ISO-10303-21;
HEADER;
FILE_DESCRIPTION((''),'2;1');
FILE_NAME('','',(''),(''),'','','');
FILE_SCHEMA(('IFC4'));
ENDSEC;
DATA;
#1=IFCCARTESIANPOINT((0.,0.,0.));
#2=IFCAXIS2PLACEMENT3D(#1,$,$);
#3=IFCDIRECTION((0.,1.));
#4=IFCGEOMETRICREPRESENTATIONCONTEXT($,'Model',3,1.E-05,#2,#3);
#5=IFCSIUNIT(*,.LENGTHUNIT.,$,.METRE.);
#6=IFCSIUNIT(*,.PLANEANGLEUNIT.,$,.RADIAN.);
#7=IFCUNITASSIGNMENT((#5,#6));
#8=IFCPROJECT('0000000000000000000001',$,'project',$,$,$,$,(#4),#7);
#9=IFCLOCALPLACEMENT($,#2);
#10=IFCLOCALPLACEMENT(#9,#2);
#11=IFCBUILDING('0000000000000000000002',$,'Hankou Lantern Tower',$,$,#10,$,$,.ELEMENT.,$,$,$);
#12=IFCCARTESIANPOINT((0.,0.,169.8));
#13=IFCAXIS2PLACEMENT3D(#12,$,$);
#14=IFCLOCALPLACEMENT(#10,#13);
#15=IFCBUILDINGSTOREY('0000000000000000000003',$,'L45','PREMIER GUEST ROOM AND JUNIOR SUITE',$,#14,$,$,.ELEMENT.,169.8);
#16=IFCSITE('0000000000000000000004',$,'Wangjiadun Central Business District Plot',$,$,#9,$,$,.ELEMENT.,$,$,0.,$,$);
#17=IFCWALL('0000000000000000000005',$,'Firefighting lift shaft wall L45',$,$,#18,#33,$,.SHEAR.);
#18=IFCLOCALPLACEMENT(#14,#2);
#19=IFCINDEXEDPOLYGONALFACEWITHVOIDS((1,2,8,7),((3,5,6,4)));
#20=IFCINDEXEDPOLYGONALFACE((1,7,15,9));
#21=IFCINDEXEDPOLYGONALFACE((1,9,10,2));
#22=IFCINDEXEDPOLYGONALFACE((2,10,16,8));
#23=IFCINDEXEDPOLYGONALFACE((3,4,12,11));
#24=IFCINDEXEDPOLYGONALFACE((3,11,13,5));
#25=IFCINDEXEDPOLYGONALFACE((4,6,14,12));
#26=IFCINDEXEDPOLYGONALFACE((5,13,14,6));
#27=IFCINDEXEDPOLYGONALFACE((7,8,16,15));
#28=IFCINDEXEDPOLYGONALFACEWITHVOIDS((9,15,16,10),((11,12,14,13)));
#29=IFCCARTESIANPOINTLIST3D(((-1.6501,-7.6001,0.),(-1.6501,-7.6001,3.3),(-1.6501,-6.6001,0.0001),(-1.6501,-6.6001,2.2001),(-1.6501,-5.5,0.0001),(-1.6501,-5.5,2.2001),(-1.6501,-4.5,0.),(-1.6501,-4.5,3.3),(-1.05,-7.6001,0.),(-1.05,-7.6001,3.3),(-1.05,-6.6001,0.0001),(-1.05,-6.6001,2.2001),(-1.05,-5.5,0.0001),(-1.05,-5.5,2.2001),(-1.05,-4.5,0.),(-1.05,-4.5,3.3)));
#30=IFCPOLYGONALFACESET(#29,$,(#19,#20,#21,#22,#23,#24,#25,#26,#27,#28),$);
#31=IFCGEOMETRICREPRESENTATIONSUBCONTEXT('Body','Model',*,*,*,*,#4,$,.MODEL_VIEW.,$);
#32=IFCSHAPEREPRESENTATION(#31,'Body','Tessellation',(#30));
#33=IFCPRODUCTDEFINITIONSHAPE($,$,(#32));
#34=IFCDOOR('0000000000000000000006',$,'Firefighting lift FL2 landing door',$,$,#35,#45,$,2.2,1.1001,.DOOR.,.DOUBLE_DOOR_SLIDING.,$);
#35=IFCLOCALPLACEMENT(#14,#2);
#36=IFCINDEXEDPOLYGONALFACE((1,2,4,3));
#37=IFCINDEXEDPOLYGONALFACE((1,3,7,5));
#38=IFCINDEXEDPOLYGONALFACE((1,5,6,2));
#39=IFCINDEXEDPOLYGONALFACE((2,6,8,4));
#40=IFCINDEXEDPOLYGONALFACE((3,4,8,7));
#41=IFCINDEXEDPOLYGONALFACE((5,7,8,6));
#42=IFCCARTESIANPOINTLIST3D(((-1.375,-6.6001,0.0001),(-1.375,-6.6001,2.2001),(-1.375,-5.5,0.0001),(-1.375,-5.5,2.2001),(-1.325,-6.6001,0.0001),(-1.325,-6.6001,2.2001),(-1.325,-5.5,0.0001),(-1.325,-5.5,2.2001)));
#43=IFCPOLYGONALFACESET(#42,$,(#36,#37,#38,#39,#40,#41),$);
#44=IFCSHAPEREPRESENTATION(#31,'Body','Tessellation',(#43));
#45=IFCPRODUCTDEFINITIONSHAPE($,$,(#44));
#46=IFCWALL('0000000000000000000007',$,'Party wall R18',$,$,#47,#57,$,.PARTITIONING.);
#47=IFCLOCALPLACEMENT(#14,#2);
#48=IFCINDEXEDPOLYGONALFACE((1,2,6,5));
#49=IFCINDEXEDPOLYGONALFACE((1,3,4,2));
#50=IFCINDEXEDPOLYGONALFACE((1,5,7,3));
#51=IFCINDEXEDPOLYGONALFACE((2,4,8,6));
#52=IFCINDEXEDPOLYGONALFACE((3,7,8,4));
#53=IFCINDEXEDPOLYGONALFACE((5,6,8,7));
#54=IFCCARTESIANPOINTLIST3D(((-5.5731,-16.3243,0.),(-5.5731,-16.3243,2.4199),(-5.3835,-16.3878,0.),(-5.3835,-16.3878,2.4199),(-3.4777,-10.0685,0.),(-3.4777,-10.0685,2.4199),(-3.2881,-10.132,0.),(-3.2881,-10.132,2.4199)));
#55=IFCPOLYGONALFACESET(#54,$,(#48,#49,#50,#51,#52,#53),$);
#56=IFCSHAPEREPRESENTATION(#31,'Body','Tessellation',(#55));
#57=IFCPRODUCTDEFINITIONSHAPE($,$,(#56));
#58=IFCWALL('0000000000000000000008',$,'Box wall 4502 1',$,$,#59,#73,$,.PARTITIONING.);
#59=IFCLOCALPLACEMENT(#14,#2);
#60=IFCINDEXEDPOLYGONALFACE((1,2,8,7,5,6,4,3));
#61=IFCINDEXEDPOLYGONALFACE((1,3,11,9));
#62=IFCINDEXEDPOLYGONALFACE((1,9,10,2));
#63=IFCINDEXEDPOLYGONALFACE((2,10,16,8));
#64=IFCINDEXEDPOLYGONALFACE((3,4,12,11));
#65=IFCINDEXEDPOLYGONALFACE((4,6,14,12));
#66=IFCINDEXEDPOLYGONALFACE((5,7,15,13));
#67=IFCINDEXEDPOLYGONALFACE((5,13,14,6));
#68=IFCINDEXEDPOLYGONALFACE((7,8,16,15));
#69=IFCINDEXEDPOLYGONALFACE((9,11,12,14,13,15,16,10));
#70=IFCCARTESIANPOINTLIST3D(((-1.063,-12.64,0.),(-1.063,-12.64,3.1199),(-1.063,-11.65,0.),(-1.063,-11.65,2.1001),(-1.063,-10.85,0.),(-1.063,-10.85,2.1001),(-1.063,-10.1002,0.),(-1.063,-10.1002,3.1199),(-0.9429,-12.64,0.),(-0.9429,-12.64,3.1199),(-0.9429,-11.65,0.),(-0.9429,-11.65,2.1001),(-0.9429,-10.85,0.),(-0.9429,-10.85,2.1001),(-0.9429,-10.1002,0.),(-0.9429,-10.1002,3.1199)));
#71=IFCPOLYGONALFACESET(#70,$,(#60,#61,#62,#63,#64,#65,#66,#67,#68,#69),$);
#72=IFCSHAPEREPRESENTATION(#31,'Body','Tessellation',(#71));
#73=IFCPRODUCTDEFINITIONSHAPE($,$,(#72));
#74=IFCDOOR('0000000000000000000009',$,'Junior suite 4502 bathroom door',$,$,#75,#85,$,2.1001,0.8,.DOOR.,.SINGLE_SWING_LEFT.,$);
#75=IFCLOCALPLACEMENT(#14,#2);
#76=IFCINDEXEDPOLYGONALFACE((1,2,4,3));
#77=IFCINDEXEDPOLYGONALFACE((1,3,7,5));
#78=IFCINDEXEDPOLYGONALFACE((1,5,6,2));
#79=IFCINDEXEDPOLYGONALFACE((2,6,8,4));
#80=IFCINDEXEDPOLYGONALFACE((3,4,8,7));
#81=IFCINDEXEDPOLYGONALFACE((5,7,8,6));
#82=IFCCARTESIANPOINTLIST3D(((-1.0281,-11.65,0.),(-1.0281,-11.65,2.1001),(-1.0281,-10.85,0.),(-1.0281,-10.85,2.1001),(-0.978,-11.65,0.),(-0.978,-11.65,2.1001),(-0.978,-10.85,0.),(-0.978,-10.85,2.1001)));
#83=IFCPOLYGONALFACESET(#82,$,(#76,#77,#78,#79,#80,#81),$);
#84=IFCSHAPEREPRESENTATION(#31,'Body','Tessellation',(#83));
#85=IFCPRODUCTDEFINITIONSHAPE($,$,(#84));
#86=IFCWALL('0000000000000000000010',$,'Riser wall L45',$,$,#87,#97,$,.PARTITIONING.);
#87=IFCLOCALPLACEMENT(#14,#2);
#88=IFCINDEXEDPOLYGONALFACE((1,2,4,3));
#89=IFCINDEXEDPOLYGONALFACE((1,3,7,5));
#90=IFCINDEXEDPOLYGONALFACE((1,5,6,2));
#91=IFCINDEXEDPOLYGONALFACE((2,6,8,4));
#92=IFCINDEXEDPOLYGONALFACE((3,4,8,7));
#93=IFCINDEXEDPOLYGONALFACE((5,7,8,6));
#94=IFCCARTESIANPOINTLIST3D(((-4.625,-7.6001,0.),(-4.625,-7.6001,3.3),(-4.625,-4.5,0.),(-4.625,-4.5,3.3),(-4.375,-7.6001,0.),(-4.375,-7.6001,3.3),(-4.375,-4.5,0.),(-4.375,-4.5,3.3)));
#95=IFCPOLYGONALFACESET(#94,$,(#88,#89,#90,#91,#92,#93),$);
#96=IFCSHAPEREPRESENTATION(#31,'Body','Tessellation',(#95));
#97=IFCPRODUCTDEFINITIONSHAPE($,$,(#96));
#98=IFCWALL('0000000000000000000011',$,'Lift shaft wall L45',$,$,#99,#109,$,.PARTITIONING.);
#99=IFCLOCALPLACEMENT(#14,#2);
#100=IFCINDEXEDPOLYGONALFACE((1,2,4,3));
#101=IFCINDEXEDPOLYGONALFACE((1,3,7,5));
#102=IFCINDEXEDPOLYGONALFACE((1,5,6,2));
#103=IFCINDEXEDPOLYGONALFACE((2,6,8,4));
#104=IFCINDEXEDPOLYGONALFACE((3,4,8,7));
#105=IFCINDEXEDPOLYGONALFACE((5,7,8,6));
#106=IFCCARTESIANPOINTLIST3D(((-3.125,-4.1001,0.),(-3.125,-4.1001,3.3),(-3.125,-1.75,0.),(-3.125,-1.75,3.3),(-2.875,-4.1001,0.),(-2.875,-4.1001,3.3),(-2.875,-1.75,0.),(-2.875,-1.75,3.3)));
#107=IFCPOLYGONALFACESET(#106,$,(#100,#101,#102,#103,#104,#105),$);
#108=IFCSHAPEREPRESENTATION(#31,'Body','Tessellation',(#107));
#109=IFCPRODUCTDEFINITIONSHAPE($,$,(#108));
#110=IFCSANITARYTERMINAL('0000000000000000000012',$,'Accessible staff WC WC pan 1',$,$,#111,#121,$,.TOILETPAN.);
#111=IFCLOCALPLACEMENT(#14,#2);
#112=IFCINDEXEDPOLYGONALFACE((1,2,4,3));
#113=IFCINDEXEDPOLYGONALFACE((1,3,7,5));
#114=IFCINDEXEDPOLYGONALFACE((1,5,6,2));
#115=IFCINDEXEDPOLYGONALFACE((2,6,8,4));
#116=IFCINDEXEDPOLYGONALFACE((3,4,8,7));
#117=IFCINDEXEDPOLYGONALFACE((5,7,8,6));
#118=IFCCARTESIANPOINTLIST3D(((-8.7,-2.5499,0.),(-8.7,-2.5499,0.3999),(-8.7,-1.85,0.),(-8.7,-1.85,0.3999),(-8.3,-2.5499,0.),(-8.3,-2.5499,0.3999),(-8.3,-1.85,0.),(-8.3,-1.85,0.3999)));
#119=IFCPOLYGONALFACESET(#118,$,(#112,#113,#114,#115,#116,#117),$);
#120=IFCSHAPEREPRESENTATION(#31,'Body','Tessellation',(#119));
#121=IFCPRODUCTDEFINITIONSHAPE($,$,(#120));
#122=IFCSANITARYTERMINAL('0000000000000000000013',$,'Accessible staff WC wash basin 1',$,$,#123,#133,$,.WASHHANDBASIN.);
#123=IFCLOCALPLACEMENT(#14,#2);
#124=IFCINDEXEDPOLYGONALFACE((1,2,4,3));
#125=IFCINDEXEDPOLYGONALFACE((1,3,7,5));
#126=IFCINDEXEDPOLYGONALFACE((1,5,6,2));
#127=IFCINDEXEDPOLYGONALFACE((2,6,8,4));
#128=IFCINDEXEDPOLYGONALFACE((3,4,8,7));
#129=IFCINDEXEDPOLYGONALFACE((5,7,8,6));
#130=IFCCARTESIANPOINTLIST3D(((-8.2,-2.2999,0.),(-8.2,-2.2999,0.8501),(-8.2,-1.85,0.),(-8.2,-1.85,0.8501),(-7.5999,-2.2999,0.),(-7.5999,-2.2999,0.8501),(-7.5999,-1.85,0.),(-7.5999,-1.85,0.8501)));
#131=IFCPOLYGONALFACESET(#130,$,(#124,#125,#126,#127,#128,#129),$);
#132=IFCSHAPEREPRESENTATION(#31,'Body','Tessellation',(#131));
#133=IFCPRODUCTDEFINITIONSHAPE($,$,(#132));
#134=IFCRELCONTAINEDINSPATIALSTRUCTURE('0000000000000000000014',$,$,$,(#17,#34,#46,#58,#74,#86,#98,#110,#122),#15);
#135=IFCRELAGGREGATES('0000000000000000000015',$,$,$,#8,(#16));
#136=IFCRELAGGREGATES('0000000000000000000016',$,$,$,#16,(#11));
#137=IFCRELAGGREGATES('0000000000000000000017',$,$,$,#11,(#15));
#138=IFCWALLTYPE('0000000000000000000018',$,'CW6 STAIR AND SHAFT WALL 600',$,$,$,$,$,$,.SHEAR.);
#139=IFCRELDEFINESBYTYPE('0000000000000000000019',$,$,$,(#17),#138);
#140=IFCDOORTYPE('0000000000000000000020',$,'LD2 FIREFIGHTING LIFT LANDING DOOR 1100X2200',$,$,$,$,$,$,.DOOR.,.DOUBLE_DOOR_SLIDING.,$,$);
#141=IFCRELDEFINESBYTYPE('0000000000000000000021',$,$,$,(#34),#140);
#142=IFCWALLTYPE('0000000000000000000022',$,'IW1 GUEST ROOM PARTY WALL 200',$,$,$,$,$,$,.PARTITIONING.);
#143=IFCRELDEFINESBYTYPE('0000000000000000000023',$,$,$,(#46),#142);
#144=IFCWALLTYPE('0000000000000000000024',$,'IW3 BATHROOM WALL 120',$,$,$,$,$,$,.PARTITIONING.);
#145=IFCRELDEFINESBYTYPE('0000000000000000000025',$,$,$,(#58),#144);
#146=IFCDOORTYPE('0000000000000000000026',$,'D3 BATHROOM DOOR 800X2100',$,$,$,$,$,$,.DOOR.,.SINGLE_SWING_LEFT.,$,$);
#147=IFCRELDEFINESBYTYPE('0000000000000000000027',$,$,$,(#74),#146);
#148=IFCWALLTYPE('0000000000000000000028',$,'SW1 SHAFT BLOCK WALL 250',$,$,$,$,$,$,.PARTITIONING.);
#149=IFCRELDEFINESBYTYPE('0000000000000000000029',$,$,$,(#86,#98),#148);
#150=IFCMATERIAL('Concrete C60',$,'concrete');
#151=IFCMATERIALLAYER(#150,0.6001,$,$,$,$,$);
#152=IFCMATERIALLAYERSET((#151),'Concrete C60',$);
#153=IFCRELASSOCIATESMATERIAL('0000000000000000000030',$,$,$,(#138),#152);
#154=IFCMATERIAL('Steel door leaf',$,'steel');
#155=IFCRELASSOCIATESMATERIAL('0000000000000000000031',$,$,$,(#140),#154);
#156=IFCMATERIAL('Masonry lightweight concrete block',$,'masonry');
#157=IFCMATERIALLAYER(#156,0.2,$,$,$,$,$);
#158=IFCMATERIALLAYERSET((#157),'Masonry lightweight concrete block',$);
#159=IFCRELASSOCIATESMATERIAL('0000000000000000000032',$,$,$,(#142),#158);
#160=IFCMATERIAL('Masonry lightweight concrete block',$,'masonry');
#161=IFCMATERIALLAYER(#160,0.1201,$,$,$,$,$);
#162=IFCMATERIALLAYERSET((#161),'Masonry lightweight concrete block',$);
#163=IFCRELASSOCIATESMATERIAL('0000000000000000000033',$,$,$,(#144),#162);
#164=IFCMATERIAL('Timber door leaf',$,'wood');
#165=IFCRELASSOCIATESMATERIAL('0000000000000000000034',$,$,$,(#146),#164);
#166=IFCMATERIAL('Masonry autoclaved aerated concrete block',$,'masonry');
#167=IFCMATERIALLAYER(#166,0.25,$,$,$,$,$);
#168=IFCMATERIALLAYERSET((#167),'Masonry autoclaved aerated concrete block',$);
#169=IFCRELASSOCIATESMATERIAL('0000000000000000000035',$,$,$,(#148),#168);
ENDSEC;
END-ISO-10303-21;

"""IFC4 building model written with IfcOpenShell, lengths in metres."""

from ifc_helpers import new_model, si_unit, direction, frame, frame_2d, origin, origin_2d, place, context, subcontext, project, spatial, rectangle, extrude, material, layer, layer_set, type_object, element, fill, save


model = new_model("IFC4")

# Units and contexts
model_context = context("Model", 3, precision=1e-05, world=origin(), true_north=direction((0.0, 1.0)))
body_context = subcontext(model_context, "Body", "Model", "MODEL_VIEW")
ifc_project = project(units=[si_unit("LENGTHUNIT", "METRE"), si_unit("PLANEANGLEUNIT", "RADIAN")], contexts=[model_context])

# Site, building, storey
site_placement = place(None, origin())
site = spatial("IfcSite", under=ifc_project, at=site_placement, Name="Wangjiadun Central Business District Plot", CompositionType="ELEMENT", RefElevation=0.0)
building_placement = place(site_placement, origin())
building = spatial("IfcBuilding", under=site, at=building_placement, Name="Hankou Lantern Tower", CompositionType="ELEMENT")
storey_placement = place(building_placement, frame((0.0, 0.0, 169.8)))
storey = spatial("IfcBuildingStorey", under=building, at=storey_placement, Name="L45", Description="PREMIER GUEST ROOM AND JUNIOR SUITE", CompositionType="ELEMENT", Elevation=169.8)

# Wall, opening, door
ifc_material_1 = material(Name="Concrete C60", Category="concrete")
ifc_layer_1 = layer(ifc_material_1, 0.6001)
ifc_layer_set_1 = layer_set([ifc_layer_1], Name="Concrete C60")
wall_type_1 = type_object("IfcWallType", Name="CW6 STAIR AND SHAFT WALL 600", PredefinedType="SHEAR", material=ifc_layer_set_1)
wall_1_placement = place(storey_placement, frame((-1.3501, -7.6001, 0.0), z_axis=(0.0, 0.0, 1.0), x_axis=(0.0, 1.0, 0.0)))
wall_1 = element("IfcWall", 1, at=wall_1_placement, inside=storey, type_object=wall_type_1, Name="Firefighting lift shaft wall L45", PredefinedType="SHEAR", context=body_context, shape_type="SweptSolid", body=[
    extrude(rectangle(XDim=3.1001, YDim=0.6001, at=frame_2d((1.55, 0.0))), origin(), (0.0, 0.0, 1.0), 3.3),
])
opening_1_placement = place(wall_1_placement, frame((1.0, 0.0, 0.0)))
opening_1 = element("IfcOpeningElement", 2, at=opening_1_placement, cuts=wall_1, PredefinedType="OPENING", context=body_context, shape_type="SweptSolid", body=[
    extrude(rectangle(XDim=1.1001, YDim=2.2, at=frame_2d((0.55, 1.1001))), frame((0.0, 0.3101, 0.0), z_axis=(0.0, -1.0, 0.0), x_axis=(1.0, 0.0, 0.0)), (0.0, 0.0, 1.0), 0.6201),
])
ifc_material_2 = material(Name="Steel door leaf", Category="steel")
door_type_1 = type_object("IfcDoorType", Name="LD2 FIREFIGHTING LIFT LANDING DOOR 1100X2200", OperationType="DOUBLE_DOOR_SLIDING", PredefinedType="DOOR", material=ifc_material_2)
door_1_placement = place(opening_1_placement, origin())
door_1 = element("IfcDoor", 3, at=door_1_placement, inside=storey, type_object=door_type_1, Name="Firefighting lift FL2 landing door", OperationType="DOUBLE_DOOR_SLIDING", OverallHeight=2.2, OverallWidth=1.1001, PredefinedType="DOOR", context=body_context, shape_type="SweptSolid", body=[
    extrude(rectangle(XDim=1.1001, YDim=2.2, at=frame_2d((0.55, 1.1001))), frame((0.0, 0.0249, 0.0), z_axis=(0.0, -1.0, 0.0), x_axis=(1.0, 0.0, 0.0)), (0.0, 0.0, 1.0), 0.05),
])
fill(opening_1, door_1)

# Wall
ifc_material_3 = material(Name="Masonry lightweight concrete block", Category="masonry")
ifc_layer_2 = layer(ifc_material_3, 0.2)
ifc_layer_set_2 = layer_set([ifc_layer_2], Name="Masonry lightweight concrete block")
wall_type_2 = type_object("IfcWallType", Name="IW1 GUEST ROOM PARTY WALL 200", PredefinedType="PARTITIONING", material=ifc_layer_set_2)
wall_2_placement = place(storey_placement, frame((-3.3828, -10.1001, 0.0), z_axis=(0.0, 0.0, 1.0), x_axis=(-0.317615, -0.94822, 0.0)))
element("IfcWall", 4, at=wall_2_placement, inside=storey, type_object=wall_type_2, Name="Party wall R18", PredefinedType="PARTITIONING", context=body_context, shape_type="SweptSolid", body=[
    extrude(rectangle(XDim=6.5974, YDim=0.2, at=frame_2d((3.2988, 0.0))), origin(), (0.0, 0.0, 1.0), 2.4199),
])

# Wall, opening, door
ifc_material_4 = material(Name="Masonry lightweight concrete block", Category="masonry")
ifc_layer_3 = layer(ifc_material_4, 0.1201)
ifc_layer_set_3 = layer_set([ifc_layer_3], Name="Masonry lightweight concrete block")
wall_type_3 = type_object("IfcWallType", Name="IW3 BATHROOM WALL 120", PredefinedType="PARTITIONING", material=ifc_layer_set_3)
wall_3_placement = place(storey_placement, frame((-1.0029, -10.1001, 0.0), z_axis=(0.0, 0.0, 1.0), x_axis=(0.0, -1.0, 0.0)))
wall_3 = element("IfcWall", 5, at=wall_3_placement, inside=storey, type_object=wall_type_3, Name="Box wall 4502 1", PredefinedType="PARTITIONING", context=body_context, shape_type="SweptSolid", body=[
    extrude(rectangle(XDim=2.5398, YDim=0.1201, at=frame_2d((1.27, 0.0))), origin(), (0.0, 0.0, 1.0), 3.1199),
])
opening_2_placement = place(wall_3_placement, frame((0.75, 0.0, 0.0)))
opening_2 = element("IfcOpeningElement", 6, at=opening_2_placement, cuts=wall_3, PredefinedType="OPENING", context=body_context, shape_type="SweptSolid", body=[
    extrude(rectangle(XDim=0.8, YDim=2.1001, at=frame_2d((0.3999, 1.05))), frame((0.0, 0.0701, 0.0), z_axis=(0.0, -1.0, 0.0), x_axis=(1.0, 0.0, 0.0)), (0.0, 0.0, 1.0), 0.1401),
])
ifc_material_5 = material(Name="Timber door leaf", Category="wood")
door_type_2 = type_object("IfcDoorType", Name="D3 BATHROOM DOOR 800X2100", OperationType="SINGLE_SWING_LEFT", PredefinedType="DOOR", material=ifc_material_5)
door_2_placement = place(opening_2_placement, origin())
door_2 = element("IfcDoor", 7, at=door_2_placement, inside=storey, type_object=door_type_2, Name="Junior suite 4502 bathroom door", OperationType="SINGLE_SWING_LEFT", OverallHeight=2.1001, OverallWidth=0.8, PredefinedType="DOOR", context=body_context, shape_type="SweptSolid", body=[
    extrude(rectangle(XDim=0.8, YDim=2.1001, at=frame_2d((0.3999, 1.05))), frame((0.0, 0.0249, 0.0), z_axis=(0.0, -1.0, 0.0), x_axis=(1.0, 0.0, 0.0)), (0.0, 0.0, 1.0), 0.05),
])
fill(opening_2, door_2)

# Walls
ifc_material_6 = material(Name="Masonry autoclaved aerated concrete block", Category="masonry")
ifc_layer_4 = layer(ifc_material_6, 0.25)
ifc_layer_set_4 = layer_set([ifc_layer_4], Name="Masonry autoclaved aerated concrete block")
wall_type_4 = type_object("IfcWallType", Name="SW1 SHAFT BLOCK WALL 250", PredefinedType="PARTITIONING", material=ifc_layer_set_4)
wall_4_placement = place(storey_placement, frame((-4.5, -7.6001, 0.0), z_axis=(0.0, 0.0, 1.0), x_axis=(0.0, 1.0, 0.0)))
element("IfcWall", 8, at=wall_4_placement, inside=storey, type_object=wall_type_4, Name="Riser wall L45", PredefinedType="PARTITIONING", context=body_context, shape_type="SweptSolid", body=[
    extrude(rectangle(XDim=3.1001, YDim=0.25, at=frame_2d((1.55, 0.0))), origin(), (0.0, 0.0, 1.0), 3.3),
])
wall_5_placement = place(storey_placement, frame((-3.0, -4.1001, 0.0), z_axis=(0.0, 0.0, 1.0), x_axis=(0.0, 1.0, 0.0)))
element("IfcWall", 9, at=wall_5_placement, inside=storey, type_object=wall_type_4, Name="Lift shaft wall L45", PredefinedType="PARTITIONING", context=body_context, shape_type="SweptSolid", body=[
    extrude(rectangle(XDim=2.3501, YDim=0.25, at=frame_2d((1.175, 0.0))), origin(), (0.0, 0.0, 1.0), 3.3),
])

# Sanitary terminals
sanitary_terminal_1_placement = place(storey_placement, frame((-8.5, -2.2, 0.0), z_axis=(0.0, 0.0, 1.0), x_axis=(1.0, 0.0, 0.0)))
element("IfcSanitaryTerminal", 10, at=sanitary_terminal_1_placement, inside=storey, Name="Accessible staff WC WC pan 1", PredefinedType="TOILETPAN", context=body_context, shape_type="SweptSolid", body=[
    extrude(rectangle(XDim=0.3999, YDim=0.7, at=origin_2d()), origin(), (0.0, 0.0, 1.0), 0.3999),
])
sanitary_terminal_2_placement = place(storey_placement, frame((-7.8999, -2.075, 0.0), z_axis=(0.0, 0.0, 1.0), x_axis=(1.0, 0.0, 0.0)))
element("IfcSanitaryTerminal", 11, at=sanitary_terminal_2_placement, inside=storey, Name="Accessible staff WC wash basin 1", PredefinedType="WASHHANDBASIN", context=body_context, shape_type="SweptSolid", body=[
    extrude(rectangle(XDim=0.6001, YDim=0.45, at=origin_2d()), origin(), (0.0, 0.0, 1.0), 0.8501),
])

save(model, "model.ifc")
